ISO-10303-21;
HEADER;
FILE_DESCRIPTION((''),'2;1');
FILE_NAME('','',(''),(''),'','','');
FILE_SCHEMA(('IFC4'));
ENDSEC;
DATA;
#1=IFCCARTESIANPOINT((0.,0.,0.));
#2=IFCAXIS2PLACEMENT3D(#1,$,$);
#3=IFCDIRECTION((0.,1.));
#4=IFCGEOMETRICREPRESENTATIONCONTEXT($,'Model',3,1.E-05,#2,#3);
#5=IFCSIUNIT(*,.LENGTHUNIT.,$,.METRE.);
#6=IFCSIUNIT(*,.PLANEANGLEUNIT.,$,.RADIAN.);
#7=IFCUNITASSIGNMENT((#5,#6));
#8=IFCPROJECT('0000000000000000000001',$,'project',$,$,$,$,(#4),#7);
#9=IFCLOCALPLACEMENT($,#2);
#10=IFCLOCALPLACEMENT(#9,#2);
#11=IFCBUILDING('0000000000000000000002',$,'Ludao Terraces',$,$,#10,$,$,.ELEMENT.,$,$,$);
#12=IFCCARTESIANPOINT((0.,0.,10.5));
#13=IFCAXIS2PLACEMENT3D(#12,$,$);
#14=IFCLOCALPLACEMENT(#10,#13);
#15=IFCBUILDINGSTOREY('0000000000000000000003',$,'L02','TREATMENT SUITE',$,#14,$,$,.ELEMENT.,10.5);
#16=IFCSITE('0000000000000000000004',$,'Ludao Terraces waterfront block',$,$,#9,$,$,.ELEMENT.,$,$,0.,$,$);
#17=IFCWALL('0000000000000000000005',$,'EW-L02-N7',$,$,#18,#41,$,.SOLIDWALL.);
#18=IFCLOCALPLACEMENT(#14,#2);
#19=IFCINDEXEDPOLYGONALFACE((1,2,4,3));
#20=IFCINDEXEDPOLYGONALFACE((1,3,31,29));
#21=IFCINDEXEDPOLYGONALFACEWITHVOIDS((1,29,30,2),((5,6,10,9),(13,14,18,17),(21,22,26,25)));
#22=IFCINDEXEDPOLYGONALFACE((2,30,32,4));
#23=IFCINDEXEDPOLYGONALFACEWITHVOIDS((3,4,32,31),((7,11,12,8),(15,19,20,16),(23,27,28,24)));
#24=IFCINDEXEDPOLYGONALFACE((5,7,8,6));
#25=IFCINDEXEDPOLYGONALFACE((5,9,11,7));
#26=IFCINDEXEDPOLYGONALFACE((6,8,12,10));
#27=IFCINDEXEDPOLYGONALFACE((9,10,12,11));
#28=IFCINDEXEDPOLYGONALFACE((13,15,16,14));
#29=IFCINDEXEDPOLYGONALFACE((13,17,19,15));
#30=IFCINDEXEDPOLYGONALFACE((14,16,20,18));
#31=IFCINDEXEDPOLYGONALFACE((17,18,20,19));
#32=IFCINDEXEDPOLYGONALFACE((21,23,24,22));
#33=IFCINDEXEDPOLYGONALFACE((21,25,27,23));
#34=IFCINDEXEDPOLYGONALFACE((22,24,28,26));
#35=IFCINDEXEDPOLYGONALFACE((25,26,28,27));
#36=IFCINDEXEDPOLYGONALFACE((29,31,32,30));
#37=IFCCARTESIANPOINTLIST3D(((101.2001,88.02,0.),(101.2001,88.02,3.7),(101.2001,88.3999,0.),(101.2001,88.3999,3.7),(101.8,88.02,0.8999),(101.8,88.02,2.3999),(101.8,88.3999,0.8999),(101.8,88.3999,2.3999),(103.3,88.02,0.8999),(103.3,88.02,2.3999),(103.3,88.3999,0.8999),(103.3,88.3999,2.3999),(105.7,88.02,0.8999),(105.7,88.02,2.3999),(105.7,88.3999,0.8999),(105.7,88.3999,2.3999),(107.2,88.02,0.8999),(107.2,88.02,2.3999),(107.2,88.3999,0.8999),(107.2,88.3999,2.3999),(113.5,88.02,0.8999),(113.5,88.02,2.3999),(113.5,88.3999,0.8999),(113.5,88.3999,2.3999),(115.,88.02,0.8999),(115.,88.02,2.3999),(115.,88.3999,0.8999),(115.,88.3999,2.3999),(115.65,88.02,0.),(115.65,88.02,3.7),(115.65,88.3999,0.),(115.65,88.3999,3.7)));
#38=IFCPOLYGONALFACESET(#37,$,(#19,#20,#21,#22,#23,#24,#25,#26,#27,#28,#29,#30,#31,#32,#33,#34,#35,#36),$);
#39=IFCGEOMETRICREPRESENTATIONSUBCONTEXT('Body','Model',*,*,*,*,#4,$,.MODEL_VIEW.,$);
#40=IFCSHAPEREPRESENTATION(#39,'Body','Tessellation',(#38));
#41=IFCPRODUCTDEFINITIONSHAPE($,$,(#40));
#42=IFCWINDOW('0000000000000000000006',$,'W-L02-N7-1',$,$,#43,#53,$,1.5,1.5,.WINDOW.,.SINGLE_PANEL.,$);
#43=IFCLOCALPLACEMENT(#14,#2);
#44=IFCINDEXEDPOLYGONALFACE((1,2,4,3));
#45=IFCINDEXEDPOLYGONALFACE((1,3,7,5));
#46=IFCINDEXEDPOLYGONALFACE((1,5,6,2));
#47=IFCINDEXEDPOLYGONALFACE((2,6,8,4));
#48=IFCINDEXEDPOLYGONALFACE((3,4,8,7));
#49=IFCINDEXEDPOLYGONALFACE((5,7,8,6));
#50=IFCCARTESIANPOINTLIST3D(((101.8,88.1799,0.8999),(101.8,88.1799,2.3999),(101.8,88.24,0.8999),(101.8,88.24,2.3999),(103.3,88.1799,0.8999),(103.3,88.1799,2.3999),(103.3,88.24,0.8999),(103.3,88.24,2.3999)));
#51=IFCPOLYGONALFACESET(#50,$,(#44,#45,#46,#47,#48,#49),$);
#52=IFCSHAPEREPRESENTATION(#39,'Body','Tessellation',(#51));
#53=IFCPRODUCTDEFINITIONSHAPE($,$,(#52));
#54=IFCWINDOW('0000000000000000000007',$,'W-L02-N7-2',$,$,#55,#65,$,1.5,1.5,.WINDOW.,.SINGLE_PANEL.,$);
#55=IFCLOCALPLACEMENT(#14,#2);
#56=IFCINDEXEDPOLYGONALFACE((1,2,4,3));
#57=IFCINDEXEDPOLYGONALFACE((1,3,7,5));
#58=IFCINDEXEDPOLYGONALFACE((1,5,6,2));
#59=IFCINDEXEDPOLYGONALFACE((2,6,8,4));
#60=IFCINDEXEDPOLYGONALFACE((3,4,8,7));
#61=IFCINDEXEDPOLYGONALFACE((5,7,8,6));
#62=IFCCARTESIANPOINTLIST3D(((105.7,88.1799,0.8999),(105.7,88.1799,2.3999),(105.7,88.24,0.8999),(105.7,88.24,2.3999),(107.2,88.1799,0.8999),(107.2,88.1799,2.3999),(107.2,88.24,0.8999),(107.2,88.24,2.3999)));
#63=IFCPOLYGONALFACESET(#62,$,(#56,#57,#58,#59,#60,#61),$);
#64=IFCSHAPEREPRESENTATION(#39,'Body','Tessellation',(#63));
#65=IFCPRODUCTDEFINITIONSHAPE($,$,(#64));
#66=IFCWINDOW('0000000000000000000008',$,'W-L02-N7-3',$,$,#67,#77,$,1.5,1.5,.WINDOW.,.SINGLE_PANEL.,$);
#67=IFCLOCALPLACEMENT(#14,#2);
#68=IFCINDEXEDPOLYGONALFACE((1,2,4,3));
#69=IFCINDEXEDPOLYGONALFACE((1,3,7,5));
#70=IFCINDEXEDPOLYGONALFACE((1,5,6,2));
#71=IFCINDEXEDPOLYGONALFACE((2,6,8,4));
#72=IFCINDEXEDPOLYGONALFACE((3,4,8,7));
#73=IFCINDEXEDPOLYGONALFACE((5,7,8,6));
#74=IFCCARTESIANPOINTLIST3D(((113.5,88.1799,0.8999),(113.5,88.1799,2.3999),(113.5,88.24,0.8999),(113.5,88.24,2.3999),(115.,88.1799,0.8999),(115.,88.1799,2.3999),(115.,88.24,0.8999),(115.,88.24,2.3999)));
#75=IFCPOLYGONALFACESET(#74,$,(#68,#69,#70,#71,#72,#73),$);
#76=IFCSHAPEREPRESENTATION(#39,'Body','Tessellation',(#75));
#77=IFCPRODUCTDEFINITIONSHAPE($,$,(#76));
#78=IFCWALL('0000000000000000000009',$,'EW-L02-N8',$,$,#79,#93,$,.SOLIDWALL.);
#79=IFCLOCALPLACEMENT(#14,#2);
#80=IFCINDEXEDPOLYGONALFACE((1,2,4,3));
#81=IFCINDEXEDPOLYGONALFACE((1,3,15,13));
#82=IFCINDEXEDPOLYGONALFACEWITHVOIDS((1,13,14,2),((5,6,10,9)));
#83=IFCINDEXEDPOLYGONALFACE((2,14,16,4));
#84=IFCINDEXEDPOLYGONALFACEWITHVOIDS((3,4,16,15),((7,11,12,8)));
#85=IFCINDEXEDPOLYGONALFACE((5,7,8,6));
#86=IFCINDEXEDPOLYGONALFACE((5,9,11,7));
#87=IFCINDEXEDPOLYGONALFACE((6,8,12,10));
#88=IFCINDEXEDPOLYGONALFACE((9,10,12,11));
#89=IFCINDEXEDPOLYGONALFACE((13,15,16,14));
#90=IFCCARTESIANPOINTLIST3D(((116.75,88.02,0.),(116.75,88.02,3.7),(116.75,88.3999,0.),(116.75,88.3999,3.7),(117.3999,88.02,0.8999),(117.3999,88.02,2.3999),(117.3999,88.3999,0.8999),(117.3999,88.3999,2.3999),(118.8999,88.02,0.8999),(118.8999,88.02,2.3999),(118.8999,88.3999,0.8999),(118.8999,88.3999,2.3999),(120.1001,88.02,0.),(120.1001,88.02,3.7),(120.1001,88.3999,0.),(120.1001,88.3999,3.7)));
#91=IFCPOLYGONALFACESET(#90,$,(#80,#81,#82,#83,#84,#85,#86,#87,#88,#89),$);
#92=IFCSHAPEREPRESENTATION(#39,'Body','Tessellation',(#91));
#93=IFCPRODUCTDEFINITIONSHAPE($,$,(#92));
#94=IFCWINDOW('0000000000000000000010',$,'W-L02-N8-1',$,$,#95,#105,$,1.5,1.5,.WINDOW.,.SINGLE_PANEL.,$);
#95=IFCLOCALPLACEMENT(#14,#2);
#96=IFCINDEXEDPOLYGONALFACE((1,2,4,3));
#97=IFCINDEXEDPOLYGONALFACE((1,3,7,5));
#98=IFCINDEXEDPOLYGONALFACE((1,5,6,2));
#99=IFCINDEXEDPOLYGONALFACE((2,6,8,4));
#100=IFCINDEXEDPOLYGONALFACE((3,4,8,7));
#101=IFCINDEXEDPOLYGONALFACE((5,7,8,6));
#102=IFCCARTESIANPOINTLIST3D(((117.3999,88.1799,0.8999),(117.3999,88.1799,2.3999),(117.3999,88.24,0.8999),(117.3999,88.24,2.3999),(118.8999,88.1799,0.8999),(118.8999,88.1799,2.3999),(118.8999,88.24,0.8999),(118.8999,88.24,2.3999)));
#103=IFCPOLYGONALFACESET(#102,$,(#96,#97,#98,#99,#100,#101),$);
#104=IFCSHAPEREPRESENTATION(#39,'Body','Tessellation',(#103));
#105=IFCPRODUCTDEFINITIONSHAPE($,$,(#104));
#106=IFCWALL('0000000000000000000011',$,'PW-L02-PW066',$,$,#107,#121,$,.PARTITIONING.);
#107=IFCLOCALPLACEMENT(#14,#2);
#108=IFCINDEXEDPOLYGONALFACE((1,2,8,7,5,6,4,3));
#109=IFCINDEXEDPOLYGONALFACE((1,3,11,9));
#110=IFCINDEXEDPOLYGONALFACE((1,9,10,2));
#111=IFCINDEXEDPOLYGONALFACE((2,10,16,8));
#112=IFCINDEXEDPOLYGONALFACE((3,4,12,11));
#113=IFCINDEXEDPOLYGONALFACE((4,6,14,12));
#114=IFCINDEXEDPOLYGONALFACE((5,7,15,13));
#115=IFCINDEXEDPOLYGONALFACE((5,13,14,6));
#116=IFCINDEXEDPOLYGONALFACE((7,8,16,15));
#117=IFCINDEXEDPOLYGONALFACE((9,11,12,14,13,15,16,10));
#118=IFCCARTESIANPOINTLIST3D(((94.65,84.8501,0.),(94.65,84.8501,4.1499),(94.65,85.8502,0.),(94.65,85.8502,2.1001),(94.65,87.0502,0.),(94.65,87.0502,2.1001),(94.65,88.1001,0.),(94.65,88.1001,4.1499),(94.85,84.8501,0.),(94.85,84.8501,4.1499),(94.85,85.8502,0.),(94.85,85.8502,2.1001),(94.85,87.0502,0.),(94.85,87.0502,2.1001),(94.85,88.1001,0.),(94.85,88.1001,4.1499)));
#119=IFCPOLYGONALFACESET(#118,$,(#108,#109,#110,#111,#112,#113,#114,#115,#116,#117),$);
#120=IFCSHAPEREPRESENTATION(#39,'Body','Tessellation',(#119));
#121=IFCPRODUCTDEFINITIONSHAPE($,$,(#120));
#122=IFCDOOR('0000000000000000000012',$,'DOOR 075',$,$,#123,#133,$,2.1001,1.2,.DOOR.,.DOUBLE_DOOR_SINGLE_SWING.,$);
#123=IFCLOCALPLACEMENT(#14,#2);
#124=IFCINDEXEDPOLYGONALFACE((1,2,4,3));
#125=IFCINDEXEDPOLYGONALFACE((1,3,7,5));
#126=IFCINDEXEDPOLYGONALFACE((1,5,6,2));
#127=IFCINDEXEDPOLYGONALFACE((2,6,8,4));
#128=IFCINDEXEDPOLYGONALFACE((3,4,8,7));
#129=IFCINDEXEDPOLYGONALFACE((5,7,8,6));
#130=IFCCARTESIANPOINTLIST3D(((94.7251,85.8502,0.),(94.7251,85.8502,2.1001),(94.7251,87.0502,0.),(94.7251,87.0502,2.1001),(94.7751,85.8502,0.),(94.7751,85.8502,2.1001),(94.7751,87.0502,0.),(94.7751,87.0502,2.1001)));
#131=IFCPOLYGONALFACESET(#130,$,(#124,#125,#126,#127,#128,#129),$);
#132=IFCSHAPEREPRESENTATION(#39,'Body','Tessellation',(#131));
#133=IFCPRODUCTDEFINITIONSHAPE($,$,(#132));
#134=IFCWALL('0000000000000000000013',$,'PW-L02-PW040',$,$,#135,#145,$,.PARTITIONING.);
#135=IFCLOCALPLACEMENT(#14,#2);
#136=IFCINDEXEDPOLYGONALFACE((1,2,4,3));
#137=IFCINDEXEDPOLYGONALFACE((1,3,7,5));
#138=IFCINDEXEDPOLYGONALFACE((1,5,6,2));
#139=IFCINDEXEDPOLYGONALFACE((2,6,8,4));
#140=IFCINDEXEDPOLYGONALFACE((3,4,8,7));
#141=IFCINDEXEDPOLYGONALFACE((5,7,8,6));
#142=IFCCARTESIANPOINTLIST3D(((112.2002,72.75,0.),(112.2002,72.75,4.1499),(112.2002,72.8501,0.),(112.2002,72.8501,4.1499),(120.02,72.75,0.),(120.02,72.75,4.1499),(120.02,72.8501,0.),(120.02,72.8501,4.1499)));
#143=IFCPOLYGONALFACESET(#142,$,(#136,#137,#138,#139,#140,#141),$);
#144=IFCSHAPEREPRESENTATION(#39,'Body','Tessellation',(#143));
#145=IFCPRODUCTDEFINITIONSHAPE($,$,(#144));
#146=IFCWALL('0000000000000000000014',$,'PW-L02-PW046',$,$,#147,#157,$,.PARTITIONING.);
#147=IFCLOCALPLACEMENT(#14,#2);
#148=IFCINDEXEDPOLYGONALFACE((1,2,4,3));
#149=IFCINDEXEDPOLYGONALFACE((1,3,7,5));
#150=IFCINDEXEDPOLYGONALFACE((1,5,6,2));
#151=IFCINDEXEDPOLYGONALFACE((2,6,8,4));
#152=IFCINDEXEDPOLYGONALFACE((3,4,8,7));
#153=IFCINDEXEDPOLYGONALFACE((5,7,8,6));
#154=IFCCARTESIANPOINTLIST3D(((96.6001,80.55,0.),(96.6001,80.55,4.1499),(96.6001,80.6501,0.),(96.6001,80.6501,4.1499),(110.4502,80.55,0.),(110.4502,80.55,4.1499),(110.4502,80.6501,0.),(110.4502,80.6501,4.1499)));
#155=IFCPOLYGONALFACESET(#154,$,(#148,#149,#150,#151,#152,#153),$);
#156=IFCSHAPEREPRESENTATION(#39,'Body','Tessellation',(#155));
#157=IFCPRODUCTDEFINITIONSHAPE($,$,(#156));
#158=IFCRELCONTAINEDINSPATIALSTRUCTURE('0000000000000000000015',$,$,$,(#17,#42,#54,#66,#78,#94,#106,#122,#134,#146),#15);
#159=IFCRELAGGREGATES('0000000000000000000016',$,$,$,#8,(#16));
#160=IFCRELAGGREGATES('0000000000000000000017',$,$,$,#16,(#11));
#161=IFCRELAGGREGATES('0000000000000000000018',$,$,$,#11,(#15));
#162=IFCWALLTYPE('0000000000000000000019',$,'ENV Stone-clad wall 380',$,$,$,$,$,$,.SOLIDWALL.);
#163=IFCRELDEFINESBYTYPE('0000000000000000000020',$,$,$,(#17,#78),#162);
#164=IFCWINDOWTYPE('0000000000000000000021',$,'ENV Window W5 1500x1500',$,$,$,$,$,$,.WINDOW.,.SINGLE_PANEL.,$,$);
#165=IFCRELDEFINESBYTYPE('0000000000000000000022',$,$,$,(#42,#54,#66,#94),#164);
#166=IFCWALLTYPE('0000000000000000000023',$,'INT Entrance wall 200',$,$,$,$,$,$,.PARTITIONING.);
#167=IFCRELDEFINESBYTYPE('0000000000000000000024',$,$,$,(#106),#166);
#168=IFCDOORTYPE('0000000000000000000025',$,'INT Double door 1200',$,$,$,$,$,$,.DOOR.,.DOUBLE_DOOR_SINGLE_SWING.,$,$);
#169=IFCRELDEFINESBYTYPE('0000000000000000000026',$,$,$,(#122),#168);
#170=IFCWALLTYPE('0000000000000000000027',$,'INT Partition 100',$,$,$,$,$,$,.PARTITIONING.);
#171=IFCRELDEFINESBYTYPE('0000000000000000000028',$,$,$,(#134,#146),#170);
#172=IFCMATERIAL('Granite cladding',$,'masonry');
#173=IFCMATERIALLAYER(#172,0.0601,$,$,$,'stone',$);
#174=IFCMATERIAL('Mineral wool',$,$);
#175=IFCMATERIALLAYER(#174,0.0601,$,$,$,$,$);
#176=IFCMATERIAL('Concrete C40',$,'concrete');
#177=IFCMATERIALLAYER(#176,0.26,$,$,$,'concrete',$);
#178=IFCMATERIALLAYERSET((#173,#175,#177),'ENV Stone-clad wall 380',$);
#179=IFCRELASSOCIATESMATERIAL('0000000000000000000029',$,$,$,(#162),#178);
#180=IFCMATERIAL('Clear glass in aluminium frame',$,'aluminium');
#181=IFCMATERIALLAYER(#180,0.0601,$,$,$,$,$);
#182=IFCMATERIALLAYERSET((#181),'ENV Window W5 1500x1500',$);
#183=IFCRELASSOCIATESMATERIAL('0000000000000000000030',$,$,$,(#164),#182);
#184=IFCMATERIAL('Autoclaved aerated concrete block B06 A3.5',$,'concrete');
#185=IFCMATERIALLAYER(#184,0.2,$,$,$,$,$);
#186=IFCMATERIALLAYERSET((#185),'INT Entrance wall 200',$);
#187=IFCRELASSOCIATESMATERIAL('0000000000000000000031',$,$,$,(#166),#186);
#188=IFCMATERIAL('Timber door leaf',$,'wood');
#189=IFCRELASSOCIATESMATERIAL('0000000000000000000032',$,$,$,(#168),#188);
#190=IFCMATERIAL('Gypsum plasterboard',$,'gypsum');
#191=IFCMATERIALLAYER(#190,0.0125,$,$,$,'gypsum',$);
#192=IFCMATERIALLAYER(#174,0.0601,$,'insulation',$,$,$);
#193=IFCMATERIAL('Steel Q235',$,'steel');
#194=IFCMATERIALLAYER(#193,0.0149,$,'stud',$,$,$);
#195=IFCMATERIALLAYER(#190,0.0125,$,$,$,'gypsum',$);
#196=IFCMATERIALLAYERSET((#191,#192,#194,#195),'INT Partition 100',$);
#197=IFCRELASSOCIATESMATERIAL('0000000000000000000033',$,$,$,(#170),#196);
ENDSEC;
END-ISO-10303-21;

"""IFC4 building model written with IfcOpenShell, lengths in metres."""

from ifc_helpers import new_model, si_unit, direction, frame, frame_2d, origin, place, context, subcontext, project, spatial, rectangle, extrude, material, layer, layer_set, type_object, element, fill, save


model = new_model("IFC4")

# Units and contexts
model_context = context("Model", 3, precision=1e-05, world=origin(), true_north=direction((0.0, 1.0)))
body_context = subcontext(model_context, "Body", "Model", "MODEL_VIEW")
ifc_project = project(units=[si_unit("LENGTHUNIT", "METRE"), si_unit("PLANEANGLEUNIT", "RADIAN")], contexts=[model_context])

# Site, building, storey
site_placement = place(None, origin())
site = spatial("IfcSite", under=ifc_project, at=site_placement, Name="Ludao Terraces waterfront block", CompositionType="ELEMENT", RefElevation=0.0)
building_placement = place(site_placement, origin())
building = spatial("IfcBuilding", under=site, at=building_placement, Name="Ludao Terraces", CompositionType="ELEMENT")
storey_placement = place(building_placement, frame((0.0, 0.0, 10.5)))
storey = spatial("IfcBuildingStorey", under=building, at=storey_placement, Name="L02", Description="TREATMENT SUITE", CompositionType="ELEMENT", Elevation=10.5)

# Shared definitions
ifc_material_1 = material(Name="Steel Q235", Category="steel")

# Shared definitions
ifc_material_2 = material(Name="Granite cladding", Category="masonry")
ifc_layer_1 = layer(ifc_material_2, 0.0601, Category="stone")
ifc_material_3 = material(Name="Mineral wool")
ifc_layer_2 = layer(ifc_material_3, 0.0601)
ifc_material_4 = material(Name="Concrete C40", Category="concrete")
ifc_layer_3 = layer(ifc_material_4, 0.26, Category="concrete")
ifc_layer_set_1 = layer_set([ifc_layer_1, ifc_layer_2, ifc_layer_3], Name="ENV Stone-clad wall 380")
wall_type_1 = type_object("IfcWallType", Name="ENV Stone-clad wall 380", PredefinedType="SOLIDWALL", material=ifc_layer_set_1)
ifc_material_5 = material(Name="Clear glass in aluminium frame", Category="aluminium")
ifc_layer_4 = layer(ifc_material_5, 0.0601)
ifc_layer_set_2 = layer_set([ifc_layer_4], Name="ENV Window W5 1500x1500")
window_type = type_object("IfcWindowType", Name="ENV Window W5 1500x1500", PartitioningType="SINGLE_PANEL", PredefinedType="WINDOW", material=ifc_layer_set_2)

# Wall, openings, windows
wall_1_placement = place(storey_placement, frame((101.2, 88.21, 0.0), z_axis=(0.0, 0.0, 1.0), x_axis=(1.0, 0.0, 0.0)))
wall_1 = element("IfcWall", 1, at=wall_1_placement, inside=storey, type_object=wall_type_1, Name="EW-L02-N7", PredefinedType="SOLIDWALL", context=body_context, shape_type="SweptSolid", body=[
    extrude(rectangle(XDim=14.45, YDim=0.3799, at=frame_2d((7.2251, 0.0))), origin(), (0.0, 0.0, 1.0), 3.7),
])
opening_1_placement = place(wall_1_placement, frame((0.6001, 0.0, 0.8999)))
opening_1 = element("IfcOpeningElement", 2, at=opening_1_placement, cuts=wall_1, PredefinedType="OPENING", context=body_context, shape_type="SweptSolid", body=[
    extrude(rectangle(XDim=1.5, YDim=1.5, at=frame_2d((0.75, 0.75))), frame((0.0, 0.2, 0.0), z_axis=(0.0, -1.0, 0.0), x_axis=(1.0, 0.0, 0.0)), (0.0, 0.0, 1.0), 0.3999),
])
opening_2_placement = place(wall_1_placement, frame((4.5, 0.0, 0.8999)))
opening_2 = element("IfcOpeningElement", 3, at=opening_2_placement, cuts=wall_1, PredefinedType="OPENING", context=body_context, shape_type="SweptSolid", body=[
    extrude(rectangle(XDim=1.5, YDim=1.5, at=frame_2d((0.75, 0.75))), frame((0.0, 0.2, 0.0), z_axis=(0.0, -1.0, 0.0), x_axis=(1.0, 0.0, 0.0)), (0.0, 0.0, 1.0), 0.3999),
])
opening_3_placement = place(wall_1_placement, frame((12.3, 0.0, 0.8999)))
opening_3 = element("IfcOpeningElement", 4, at=opening_3_placement, cuts=wall_1, PredefinedType="OPENING", context=body_context, shape_type="SweptSolid", body=[
    extrude(rectangle(XDim=1.5, YDim=1.5, at=frame_2d((0.75, 0.75))), frame((0.0, 0.2, 0.0), z_axis=(0.0, -1.0, 0.0), x_axis=(1.0, 0.0, 0.0)), (0.0, 0.0, 1.0), 0.3999),
])
window_1_placement = place(opening_1_placement, origin())
window_1 = element("IfcWindow", 5, at=window_1_placement, inside=storey, type_object=window_type, Name="W-L02-N7-1", OverallHeight=1.5, OverallWidth=1.5, PartitioningType="SINGLE_PANEL", PredefinedType="WINDOW", context=body_context, shape_type="SweptSolid", body=[
    extrude(rectangle(XDim=1.5, YDim=1.5, at=frame_2d((0.75, 0.75))), frame((0.0, 0.03, 0.0), z_axis=(0.0, -1.0, 0.0), x_axis=(1.0, 0.0, 0.0)), (0.0, 0.0, 1.0), 0.0601),
])
fill(opening_1, window_1)
window_2_placement = place(opening_2_placement, origin())
window_2 = element("IfcWindow", 6, at=window_2_placement, inside=storey, type_object=window_type, Name="W-L02-N7-2", OverallHeight=1.5, OverallWidth=1.5, PartitioningType="SINGLE_PANEL", PredefinedType="WINDOW", context=body_context, shape_type="SweptSolid", body=[
    extrude(rectangle(XDim=1.5, YDim=1.5, at=frame_2d((0.75, 0.75))), frame((0.0, 0.03, 0.0), z_axis=(0.0, -1.0, 0.0), x_axis=(1.0, 0.0, 0.0)), (0.0, 0.0, 1.0), 0.0601),
])
fill(opening_2, window_2)
window_3_placement = place(opening_3_placement, origin())
window_3 = element("IfcWindow", 7, at=window_3_placement, inside=storey, type_object=window_type, Name="W-L02-N7-3", OverallHeight=1.5, OverallWidth=1.5, PartitioningType="SINGLE_PANEL", PredefinedType="WINDOW", context=body_context, shape_type="SweptSolid", body=[
    extrude(rectangle(XDim=1.5, YDim=1.5, at=frame_2d((0.75, 0.75))), frame((0.0, 0.03, 0.0), z_axis=(0.0, -1.0, 0.0), x_axis=(1.0, 0.0, 0.0)), (0.0, 0.0, 1.0), 0.0601),
])
fill(opening_3, window_3)

# Wall, opening, window
wall_2_placement = place(storey_placement, frame((116.75, 88.21, 0.0), z_axis=(0.0, 0.0, 1.0), x_axis=(1.0, 0.0, 0.0)))
wall_2 = element("IfcWall", 8, at=wall_2_placement, inside=storey, type_object=wall_type_1, Name="EW-L02-N8", PredefinedType="SOLIDWALL", context=body_context, shape_type="SweptSolid", body=[
    extrude(rectangle(XDim=3.3501, YDim=0.3799, at=frame_2d((1.675, 0.0))), origin(), (0.0, 0.0, 1.0), 3.7),
])
opening_4_placement = place(wall_2_placement, frame((0.6499, 0.0, 0.8999)))
opening_4 = element("IfcOpeningElement", 9, at=opening_4_placement, cuts=wall_2, PredefinedType="OPENING", context=body_context, shape_type="SweptSolid", body=[
    extrude(rectangle(XDim=1.5, YDim=1.5, at=frame_2d((0.75, 0.75))), frame((0.0, 0.2, 0.0), z_axis=(0.0, -1.0, 0.0), x_axis=(1.0, 0.0, 0.0)), (0.0, 0.0, 1.0), 0.3999),
])
window_4_placement = place(opening_4_placement, origin())
window_4 = element("IfcWindow", 10, at=window_4_placement, inside=storey, type_object=window_type, Name="W-L02-N8-1", OverallHeight=1.5, OverallWidth=1.5, PartitioningType="SINGLE_PANEL", PredefinedType="WINDOW", context=body_context, shape_type="SweptSolid", body=[
    extrude(rectangle(XDim=1.5, YDim=1.5, at=frame_2d((0.75, 0.75))), frame((0.0, 0.03, 0.0), z_axis=(0.0, -1.0, 0.0), x_axis=(1.0, 0.0, 0.0)), (0.0, 0.0, 1.0), 0.0601),
])
fill(opening_4, window_4)

# Wall, opening, door
ifc_material_6 = material(Name="Autoclaved aerated concrete block B06 A3.5", Category="concrete")
ifc_layer_5 = layer(ifc_material_6, 0.2)
ifc_layer_set_3 = layer_set([ifc_layer_5], Name="INT Entrance wall 200")
wall_type_2 = type_object("IfcWallType", Name="INT Entrance wall 200", PredefinedType="PARTITIONING", material=ifc_layer_set_3)
wall_3_placement = place(storey_placement, frame((94.75, 84.8501, 0.0), z_axis=(0.0, 0.0, 1.0), x_axis=(0.0, 1.0, 0.0)))
wall_3 = element("IfcWall", 11, at=wall_3_placement, inside=storey, type_object=wall_type_2, Name="PW-L02-PW066", PredefinedType="PARTITIONING", context=body_context, shape_type="SweptSolid", body=[
    extrude(rectangle(XDim=3.25, YDim=0.2, at=frame_2d((1.625, 0.0))), origin(), (0.0, 0.0, 1.0), 4.1499),
])
opening_5_placement = place(wall_3_placement, frame((1.0, 0.0, 0.0)))
opening_5 = element("IfcOpeningElement", 12, at=opening_5_placement, cuts=wall_3, PredefinedType="OPENING", context=body_context, shape_type="SweptSolid", body=[
    extrude(rectangle(XDim=1.2, YDim=2.1001, at=frame_2d((0.6001, 1.05))), frame((0.0, 0.1099, 0.0), z_axis=(0.0, -1.0, 0.0), x_axis=(1.0, 0.0, 0.0)), (0.0, 0.0, 1.0), 0.22),
])
ifc_material_7 = material(Name="Timber door leaf", Category="wood")
door_type_1 = type_object("IfcDoorType", Name="INT Double door 1200", OperationType="DOUBLE_DOOR_SINGLE_SWING", PredefinedType="DOOR", material=ifc_material_7)
door_1_placement = place(opening_5_placement, origin())
door_1 = element("IfcDoor", 13, at=door_1_placement, inside=storey, type_object=door_type_1, Name="DOOR 075", OperationType="DOUBLE_DOOR_SINGLE_SWING", OverallHeight=2.1001, OverallWidth=1.2, PredefinedType="DOOR", context=body_context, shape_type="SweptSolid", body=[
    extrude(rectangle(XDim=1.2, YDim=2.1001, at=frame_2d((0.6001, 1.05))), frame((0.0, 0.0249, 0.0), z_axis=(0.0, -1.0, 0.0), x_axis=(1.0, 0.0, 0.0)), (0.0, 0.0, 1.0), 0.05),
])
fill(opening_5, door_1)

# Walls
ifc_material_8 = material(Name="Gypsum plasterboard", Category="gypsum")
ifc_layer_6 = layer(ifc_material_8, 0.0125, Category="gypsum")
ifc_layer_7 = layer(ifc_material_3, 0.0601, Name="insulation")
ifc_layer_8 = layer(ifc_material_1, 0.0149, Name="stud")
ifc_layer_9 = layer(ifc_material_8, 0.0125, Category="gypsum")
ifc_layer_set_4 = layer_set([ifc_layer_6, ifc_layer_7, ifc_layer_8, ifc_layer_9], Name="INT Partition 100")
wall_type_3 = type_object("IfcWallType", Name="INT Partition 100", PredefinedType="PARTITIONING", material=ifc_layer_set_4)
wall_4_placement = place(storey_placement, frame((112.2002, 72.8, 0.0), z_axis=(0.0, 0.0, 1.0), x_axis=(1.0, 0.0, 0.0)))
element("IfcWall", 14, at=wall_4_placement, inside=storey, type_object=wall_type_3, Name="PW-L02-PW040", PredefinedType="PARTITIONING", context=body_context, shape_type="SweptSolid", body=[
    extrude(rectangle(XDim=7.8198, YDim=0.1001, at=frame_2d((3.9099, 0.0))), origin(), (0.0, 0.0, 1.0), 4.1499),
])
wall_5_placement = place(storey_placement, frame((96.6001, 80.6001, 0.0), z_axis=(0.0, 0.0, 1.0), x_axis=(1.0, 0.0, 0.0)))
element("IfcWall", 15, at=wall_5_placement, inside=storey, type_object=wall_type_3, Name="PW-L02-PW046", PredefinedType="PARTITIONING", context=body_context, shape_type="SweptSolid", body=[
    extrude(rectangle(XDim=13.8501, YDim=0.1001, at=frame_2d((6.925, 0.0))), origin(), (0.0, 0.0, 1.0), 4.1499),
])

save(model, "model.ifc")
